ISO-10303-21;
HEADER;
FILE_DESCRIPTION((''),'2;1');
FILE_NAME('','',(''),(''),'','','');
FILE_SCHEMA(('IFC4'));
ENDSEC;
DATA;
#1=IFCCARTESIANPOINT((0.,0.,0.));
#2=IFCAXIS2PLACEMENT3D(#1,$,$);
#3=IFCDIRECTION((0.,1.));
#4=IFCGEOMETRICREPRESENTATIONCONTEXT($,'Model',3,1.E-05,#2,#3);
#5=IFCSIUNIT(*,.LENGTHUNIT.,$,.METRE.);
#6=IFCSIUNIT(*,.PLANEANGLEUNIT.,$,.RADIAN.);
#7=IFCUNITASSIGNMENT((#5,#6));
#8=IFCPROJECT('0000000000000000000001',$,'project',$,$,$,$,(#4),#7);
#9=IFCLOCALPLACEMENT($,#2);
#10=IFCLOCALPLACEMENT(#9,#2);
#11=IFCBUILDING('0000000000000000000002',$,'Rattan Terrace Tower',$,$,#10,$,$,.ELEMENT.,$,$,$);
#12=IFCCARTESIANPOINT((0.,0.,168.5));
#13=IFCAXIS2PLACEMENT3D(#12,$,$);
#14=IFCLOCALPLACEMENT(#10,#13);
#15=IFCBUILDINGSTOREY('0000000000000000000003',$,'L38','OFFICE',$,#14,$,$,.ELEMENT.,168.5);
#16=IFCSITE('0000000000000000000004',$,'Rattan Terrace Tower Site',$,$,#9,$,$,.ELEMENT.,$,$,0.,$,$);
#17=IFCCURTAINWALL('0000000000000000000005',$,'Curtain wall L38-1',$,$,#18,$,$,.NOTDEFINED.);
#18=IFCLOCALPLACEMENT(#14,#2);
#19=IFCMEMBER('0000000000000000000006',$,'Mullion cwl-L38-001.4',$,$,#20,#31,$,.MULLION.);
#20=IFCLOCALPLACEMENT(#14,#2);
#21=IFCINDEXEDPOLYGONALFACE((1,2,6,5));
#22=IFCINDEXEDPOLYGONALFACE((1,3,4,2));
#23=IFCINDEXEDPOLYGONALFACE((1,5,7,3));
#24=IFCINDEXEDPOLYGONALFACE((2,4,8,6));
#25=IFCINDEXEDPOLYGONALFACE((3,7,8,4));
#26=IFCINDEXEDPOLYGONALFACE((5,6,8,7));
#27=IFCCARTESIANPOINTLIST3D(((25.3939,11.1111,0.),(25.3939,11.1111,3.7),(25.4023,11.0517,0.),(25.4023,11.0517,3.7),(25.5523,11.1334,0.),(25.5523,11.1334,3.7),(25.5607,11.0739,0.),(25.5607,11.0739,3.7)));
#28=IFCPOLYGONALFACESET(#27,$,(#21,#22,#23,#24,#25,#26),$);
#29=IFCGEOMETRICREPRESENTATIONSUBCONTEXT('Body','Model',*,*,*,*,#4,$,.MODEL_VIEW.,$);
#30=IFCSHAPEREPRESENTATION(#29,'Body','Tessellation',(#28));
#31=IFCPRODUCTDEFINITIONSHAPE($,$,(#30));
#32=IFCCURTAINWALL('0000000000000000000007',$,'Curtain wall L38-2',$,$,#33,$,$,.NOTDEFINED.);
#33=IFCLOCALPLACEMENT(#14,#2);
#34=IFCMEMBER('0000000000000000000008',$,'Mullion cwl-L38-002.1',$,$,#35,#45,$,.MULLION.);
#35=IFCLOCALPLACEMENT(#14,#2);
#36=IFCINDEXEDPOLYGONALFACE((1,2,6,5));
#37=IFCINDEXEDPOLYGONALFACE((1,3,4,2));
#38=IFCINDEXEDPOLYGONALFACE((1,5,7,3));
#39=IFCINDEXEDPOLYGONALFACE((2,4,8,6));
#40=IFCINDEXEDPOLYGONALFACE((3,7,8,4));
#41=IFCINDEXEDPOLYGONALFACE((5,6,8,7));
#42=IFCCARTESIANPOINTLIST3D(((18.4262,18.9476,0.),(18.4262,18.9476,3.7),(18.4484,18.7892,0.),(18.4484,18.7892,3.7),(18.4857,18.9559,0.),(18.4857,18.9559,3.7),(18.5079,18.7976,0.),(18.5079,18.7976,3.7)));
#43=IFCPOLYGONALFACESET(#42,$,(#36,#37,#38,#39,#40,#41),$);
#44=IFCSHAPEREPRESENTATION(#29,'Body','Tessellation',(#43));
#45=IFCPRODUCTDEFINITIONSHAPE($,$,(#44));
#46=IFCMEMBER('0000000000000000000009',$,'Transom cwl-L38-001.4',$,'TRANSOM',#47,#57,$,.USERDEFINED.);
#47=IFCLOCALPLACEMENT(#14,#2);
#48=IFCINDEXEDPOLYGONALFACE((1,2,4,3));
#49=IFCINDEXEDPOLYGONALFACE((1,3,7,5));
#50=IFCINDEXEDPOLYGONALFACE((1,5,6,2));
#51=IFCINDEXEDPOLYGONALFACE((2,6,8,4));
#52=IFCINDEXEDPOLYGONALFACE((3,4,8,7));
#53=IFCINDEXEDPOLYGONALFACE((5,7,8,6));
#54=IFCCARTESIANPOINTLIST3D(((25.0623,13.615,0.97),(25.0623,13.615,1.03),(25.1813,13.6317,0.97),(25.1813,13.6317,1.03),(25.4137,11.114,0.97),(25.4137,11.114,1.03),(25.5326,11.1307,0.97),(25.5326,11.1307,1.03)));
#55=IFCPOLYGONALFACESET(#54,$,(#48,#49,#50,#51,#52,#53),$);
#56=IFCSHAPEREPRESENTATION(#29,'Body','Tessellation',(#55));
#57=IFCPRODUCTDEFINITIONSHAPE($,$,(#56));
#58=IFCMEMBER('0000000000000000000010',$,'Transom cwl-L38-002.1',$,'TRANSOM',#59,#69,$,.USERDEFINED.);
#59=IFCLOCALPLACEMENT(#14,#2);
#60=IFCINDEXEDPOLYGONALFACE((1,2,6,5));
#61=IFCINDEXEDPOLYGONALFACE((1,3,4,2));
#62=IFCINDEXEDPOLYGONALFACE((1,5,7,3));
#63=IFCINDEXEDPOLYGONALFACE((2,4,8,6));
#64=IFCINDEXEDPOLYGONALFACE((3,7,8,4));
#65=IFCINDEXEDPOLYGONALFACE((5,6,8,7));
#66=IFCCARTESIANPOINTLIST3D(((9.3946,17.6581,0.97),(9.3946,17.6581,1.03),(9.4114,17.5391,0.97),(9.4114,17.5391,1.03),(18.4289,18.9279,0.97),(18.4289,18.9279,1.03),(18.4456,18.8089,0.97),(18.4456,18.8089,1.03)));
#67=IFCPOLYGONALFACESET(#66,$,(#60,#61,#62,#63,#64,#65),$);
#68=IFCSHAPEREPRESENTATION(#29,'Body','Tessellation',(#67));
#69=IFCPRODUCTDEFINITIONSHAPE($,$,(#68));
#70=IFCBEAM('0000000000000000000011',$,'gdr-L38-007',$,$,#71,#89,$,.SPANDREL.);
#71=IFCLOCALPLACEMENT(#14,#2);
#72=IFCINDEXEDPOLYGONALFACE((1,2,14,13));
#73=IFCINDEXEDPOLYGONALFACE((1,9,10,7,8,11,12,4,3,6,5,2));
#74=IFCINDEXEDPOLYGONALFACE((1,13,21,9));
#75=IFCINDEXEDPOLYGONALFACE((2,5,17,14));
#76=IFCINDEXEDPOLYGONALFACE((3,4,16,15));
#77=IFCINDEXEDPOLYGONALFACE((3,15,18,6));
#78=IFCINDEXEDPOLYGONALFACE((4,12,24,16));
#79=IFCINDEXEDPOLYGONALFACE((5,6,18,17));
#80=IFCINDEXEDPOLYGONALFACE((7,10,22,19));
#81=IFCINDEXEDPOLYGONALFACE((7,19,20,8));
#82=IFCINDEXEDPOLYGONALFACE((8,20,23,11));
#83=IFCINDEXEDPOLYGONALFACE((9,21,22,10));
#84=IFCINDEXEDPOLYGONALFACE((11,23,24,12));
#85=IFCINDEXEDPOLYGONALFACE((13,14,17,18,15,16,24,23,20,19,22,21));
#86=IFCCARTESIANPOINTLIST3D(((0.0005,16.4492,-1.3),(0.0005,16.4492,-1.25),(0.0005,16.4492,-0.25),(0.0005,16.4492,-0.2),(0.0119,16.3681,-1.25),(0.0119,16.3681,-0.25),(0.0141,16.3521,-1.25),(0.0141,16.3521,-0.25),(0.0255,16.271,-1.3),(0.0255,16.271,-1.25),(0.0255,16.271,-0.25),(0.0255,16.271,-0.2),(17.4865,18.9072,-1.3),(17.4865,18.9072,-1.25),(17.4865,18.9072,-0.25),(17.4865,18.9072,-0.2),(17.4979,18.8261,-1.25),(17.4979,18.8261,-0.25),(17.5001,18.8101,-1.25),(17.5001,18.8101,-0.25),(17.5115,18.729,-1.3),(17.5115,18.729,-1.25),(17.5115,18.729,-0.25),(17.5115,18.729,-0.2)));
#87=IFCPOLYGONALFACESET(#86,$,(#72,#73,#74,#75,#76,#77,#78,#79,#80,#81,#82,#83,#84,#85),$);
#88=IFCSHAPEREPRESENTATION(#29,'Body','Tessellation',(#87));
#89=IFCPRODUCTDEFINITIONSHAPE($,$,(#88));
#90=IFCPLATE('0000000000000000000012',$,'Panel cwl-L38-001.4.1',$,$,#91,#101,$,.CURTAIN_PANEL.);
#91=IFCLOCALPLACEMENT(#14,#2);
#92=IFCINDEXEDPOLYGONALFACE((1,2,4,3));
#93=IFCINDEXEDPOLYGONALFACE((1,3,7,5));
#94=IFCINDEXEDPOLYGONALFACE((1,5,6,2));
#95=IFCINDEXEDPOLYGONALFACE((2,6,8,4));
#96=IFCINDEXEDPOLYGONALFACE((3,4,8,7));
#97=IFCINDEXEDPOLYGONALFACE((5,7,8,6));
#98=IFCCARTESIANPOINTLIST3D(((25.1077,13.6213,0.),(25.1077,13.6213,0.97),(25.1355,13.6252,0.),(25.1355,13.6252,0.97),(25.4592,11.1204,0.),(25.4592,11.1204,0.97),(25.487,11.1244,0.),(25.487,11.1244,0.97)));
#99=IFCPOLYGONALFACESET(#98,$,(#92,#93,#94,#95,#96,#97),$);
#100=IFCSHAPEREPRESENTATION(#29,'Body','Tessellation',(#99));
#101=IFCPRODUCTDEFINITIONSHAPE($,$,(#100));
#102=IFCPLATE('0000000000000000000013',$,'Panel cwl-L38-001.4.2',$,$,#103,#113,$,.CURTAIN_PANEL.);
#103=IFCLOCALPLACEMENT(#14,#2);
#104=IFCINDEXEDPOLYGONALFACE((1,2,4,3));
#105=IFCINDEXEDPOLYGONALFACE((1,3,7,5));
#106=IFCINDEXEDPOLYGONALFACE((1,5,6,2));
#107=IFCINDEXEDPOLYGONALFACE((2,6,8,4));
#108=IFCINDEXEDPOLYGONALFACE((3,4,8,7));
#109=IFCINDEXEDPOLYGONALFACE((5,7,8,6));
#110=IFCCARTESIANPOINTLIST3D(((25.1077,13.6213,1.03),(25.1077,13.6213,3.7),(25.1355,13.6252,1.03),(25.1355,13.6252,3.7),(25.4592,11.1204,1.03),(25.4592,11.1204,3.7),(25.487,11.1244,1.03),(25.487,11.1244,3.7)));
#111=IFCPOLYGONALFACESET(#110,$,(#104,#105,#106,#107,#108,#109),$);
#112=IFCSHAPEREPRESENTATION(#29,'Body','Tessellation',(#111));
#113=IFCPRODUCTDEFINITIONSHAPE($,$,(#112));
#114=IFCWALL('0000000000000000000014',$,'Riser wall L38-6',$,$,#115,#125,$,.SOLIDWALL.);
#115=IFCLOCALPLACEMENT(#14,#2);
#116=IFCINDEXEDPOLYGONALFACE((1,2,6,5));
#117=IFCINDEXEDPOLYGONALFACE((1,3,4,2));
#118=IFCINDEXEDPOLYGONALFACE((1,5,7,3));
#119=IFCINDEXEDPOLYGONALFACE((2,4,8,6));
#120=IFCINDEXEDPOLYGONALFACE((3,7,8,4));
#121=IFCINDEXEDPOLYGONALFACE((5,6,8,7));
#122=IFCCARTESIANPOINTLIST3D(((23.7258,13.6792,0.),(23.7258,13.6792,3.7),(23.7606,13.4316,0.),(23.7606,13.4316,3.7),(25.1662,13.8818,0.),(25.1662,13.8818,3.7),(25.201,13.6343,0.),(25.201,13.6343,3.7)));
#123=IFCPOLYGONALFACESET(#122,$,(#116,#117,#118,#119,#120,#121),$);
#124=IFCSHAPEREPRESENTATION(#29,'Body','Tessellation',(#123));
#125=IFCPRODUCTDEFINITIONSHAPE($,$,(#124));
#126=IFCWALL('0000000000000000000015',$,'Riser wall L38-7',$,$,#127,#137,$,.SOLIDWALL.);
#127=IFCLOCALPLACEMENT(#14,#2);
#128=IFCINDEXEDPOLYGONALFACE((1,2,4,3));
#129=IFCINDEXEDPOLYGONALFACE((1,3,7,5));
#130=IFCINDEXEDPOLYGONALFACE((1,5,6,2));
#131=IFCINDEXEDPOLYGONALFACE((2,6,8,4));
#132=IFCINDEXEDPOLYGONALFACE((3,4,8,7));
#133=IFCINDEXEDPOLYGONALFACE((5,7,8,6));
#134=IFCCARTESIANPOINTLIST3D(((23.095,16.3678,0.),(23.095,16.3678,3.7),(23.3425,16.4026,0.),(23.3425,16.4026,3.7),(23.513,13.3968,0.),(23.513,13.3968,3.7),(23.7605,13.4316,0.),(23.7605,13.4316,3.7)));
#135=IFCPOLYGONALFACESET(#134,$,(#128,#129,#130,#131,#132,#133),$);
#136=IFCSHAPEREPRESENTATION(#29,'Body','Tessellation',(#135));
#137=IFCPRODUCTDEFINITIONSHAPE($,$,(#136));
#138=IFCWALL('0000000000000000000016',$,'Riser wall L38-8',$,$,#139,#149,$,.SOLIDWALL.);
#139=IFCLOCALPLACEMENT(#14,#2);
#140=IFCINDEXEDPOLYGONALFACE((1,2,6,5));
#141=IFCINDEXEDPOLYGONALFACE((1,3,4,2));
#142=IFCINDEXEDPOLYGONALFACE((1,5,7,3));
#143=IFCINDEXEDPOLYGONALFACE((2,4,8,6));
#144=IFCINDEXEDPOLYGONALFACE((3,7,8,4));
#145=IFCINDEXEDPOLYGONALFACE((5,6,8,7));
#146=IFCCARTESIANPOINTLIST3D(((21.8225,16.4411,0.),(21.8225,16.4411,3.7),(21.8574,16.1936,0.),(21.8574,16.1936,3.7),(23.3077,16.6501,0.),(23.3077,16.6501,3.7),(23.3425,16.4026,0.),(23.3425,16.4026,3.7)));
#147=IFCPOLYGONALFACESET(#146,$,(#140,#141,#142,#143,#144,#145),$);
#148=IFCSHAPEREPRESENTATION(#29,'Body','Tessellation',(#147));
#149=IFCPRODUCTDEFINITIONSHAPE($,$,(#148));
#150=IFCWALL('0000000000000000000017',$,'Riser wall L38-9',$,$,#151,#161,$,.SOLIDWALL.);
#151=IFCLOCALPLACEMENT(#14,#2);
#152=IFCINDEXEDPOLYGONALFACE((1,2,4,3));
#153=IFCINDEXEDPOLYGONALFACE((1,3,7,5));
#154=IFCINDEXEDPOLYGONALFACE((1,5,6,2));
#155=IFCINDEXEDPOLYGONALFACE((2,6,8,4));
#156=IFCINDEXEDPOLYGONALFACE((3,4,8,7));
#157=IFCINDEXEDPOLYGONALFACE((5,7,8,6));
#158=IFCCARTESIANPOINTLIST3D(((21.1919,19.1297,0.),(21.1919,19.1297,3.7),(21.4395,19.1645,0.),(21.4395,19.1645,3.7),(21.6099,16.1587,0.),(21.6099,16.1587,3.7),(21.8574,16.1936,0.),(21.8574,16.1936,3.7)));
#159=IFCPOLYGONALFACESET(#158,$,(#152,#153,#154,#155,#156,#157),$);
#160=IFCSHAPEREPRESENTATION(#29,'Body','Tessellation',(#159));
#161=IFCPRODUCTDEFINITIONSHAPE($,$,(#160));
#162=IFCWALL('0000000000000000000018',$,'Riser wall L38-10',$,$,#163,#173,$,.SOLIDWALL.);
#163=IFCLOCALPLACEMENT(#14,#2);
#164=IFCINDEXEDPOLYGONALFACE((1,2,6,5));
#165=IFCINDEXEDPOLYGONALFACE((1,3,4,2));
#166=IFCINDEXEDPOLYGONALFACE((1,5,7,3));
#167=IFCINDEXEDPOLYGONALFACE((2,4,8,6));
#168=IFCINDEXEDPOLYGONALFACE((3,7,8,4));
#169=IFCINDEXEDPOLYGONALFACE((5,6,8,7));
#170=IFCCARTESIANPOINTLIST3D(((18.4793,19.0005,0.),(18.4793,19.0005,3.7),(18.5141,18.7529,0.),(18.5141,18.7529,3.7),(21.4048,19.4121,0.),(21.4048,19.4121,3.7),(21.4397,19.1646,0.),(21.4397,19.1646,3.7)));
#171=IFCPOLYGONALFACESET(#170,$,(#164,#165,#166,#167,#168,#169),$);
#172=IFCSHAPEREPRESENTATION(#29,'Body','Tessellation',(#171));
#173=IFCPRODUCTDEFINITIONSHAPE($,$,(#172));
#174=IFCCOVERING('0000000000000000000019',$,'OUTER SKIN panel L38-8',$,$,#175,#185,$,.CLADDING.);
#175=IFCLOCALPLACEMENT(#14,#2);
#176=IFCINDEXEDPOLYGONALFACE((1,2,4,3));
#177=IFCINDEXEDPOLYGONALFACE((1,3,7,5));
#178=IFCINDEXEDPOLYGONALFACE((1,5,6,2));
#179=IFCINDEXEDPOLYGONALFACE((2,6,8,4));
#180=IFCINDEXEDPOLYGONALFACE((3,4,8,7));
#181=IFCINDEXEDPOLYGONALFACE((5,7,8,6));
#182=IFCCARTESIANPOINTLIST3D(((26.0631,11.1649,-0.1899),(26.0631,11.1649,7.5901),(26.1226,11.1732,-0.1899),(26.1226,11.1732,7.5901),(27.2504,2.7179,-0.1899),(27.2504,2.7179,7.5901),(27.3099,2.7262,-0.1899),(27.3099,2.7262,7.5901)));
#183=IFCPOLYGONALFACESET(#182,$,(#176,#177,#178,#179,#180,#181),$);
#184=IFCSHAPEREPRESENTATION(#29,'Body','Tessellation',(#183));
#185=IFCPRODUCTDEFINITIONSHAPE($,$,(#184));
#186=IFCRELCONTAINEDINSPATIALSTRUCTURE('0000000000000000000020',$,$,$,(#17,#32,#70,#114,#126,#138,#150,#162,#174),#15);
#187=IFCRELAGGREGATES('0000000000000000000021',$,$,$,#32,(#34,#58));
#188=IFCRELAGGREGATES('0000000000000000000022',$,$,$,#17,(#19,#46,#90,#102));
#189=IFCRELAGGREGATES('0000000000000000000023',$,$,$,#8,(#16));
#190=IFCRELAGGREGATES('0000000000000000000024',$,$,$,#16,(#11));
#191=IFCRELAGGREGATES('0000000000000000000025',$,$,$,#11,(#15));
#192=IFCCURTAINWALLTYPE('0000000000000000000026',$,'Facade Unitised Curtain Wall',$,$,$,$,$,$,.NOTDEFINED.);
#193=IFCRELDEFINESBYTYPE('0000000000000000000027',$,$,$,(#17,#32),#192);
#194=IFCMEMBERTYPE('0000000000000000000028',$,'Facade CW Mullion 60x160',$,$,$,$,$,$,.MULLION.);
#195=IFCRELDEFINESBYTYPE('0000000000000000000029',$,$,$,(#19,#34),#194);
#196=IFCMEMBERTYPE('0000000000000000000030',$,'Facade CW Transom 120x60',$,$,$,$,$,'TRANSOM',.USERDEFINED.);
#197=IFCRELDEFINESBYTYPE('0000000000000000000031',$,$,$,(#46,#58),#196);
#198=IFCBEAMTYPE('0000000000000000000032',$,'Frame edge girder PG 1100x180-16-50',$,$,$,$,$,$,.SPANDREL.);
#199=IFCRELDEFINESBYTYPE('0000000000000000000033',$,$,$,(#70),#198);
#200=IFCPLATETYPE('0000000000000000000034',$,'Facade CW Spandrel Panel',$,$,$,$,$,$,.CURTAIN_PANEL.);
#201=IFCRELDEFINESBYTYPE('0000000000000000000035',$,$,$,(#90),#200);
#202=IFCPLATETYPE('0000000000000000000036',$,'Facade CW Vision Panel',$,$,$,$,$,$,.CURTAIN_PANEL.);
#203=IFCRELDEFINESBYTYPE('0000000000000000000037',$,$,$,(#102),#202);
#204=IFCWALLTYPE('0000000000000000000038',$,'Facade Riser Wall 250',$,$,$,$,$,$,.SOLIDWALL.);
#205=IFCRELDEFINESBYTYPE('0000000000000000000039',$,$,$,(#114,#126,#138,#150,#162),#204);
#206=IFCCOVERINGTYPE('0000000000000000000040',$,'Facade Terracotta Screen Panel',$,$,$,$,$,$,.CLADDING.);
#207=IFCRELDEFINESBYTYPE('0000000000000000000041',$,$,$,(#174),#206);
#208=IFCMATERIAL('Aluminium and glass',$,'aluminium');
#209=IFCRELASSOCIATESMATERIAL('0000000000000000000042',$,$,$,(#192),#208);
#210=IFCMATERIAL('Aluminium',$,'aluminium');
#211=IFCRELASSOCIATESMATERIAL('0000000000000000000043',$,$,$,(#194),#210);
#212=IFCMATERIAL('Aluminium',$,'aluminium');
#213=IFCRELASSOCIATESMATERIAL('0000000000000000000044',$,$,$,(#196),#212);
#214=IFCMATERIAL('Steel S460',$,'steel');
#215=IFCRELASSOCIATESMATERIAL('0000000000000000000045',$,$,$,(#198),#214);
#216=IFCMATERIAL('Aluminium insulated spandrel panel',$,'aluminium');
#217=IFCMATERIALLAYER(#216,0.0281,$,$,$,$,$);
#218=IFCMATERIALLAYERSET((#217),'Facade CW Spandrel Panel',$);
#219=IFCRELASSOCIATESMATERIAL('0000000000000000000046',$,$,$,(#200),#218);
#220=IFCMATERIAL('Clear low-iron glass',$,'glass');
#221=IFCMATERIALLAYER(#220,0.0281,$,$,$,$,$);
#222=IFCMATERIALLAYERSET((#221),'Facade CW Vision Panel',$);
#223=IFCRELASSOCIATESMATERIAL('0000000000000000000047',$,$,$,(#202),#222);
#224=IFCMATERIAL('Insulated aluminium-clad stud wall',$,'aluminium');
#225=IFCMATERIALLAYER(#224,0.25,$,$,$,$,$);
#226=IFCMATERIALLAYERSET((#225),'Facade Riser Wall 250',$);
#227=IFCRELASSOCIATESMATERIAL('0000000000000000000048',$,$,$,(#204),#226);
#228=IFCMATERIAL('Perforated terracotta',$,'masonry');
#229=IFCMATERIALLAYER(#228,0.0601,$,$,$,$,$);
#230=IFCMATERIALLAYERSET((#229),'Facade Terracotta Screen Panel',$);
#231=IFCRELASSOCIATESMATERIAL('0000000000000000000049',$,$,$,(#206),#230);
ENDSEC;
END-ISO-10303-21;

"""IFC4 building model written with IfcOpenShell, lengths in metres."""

from ifc_helpers import new_model, si_unit, direction, frame, frame_2d, origin, origin_2d, place, context, subcontext, project, spatial, rectangle, i_section, extrude, material, layer, layer_set, material_profile, profile_set, type_object, element, aggregate, save


model = new_model("IFC4")

# Units and contexts
model_context = context("Model", 3, precision=1e-05, world=origin(), true_north=direction((0.0, 1.0)))
body_context = subcontext(model_context, "Body", "Model", "MODEL_VIEW")
ifc_project = project(units=[si_unit("LENGTHUNIT", "METRE"), si_unit("PLANEANGLEUNIT", "RADIAN")], contexts=[model_context])

# Site, building, storey
site_placement = place(None, origin())
site = spatial("IfcSite", under=ifc_project, at=site_placement, Name="Rattan Terrace Tower Site", CompositionType="ELEMENT", RefElevation=0.0)
building_placement = place(site_placement, origin())
building = spatial("IfcBuilding", under=site, at=building_placement, Name="Rattan Terrace Tower", CompositionType="ELEMENT")
storey_placement = place(building_placement, frame((0.0, 0.0, 168.5)))
storey = spatial("IfcBuildingStorey", under=building, at=storey_placement, Name="L38", Description="OFFICE", CompositionType="ELEMENT", Elevation=168.5)

# Curtain walls, members
ifc_material_1 = material(Name="Aluminium and glass", Category="aluminium")
curtain_wall_type = type_object("IfcCurtainWallType", Name="Facade Unitised Curtain Wall", PredefinedType="NOTDEFINED", material=ifc_material_1)
curtain_wall_1_placement = place(storey_placement, origin())
curtain_wall_1 = element("IfcCurtainWall", 1, at=curtain_wall_1_placement, inside=storey, type_object=curtain_wall_type, Name="Curtain wall L38-1", PredefinedType="NOTDEFINED")
ifc_material_2 = material(Name="Aluminium", Category="aluminium")
ifc_material_profile_1 = material_profile(ifc_material_2, rectangle(XDim=0.0601, YDim=0.1599, at=origin_2d()), Name="Aluminium 60x160")
ifc_profile_set_1 = profile_set([ifc_material_profile_1], Name="Aluminium")
member_type_1 = type_object("IfcMemberType", Name="Facade CW Mullion 60x160", PredefinedType="MULLION", material=ifc_profile_set_1)
member_1_placement = place(storey_placement, frame((25.4773, 11.0925, 0.0), z_axis=(0.0, 0.0, 1.0), x_axis=(-0.139191, 0.990266, 0.0)))
member_1 = element("IfcMember", 2, at=member_1_placement, type_object=member_type_1, Name="Mullion cwl-L38-001.4", PredefinedType="MULLION", context=body_context, shape_type="SweptSolid", body=[
    extrude(rectangle(XDim=0.0601, YDim=0.1599, at=origin_2d()), origin(), (0.0, 0.0, 1.0), 3.7),
])
curtain_wall_2_placement = place(storey_placement, origin())
curtain_wall_2 = element("IfcCurtainWall", 3, at=curtain_wall_2_placement, inside=storey, type_object=curtain_wall_type, Name="Curtain wall L38-2", PredefinedType="NOTDEFINED")
member_2_placement = place(storey_placement, frame((18.467, 18.8726, 0.0), z_axis=(0.0, 0.0, 1.0), x_axis=(-0.99027, -0.139161, 0.0)))
member_2 = element("IfcMember", 4, at=member_2_placement, type_object=member_type_1, Name="Mullion cwl-L38-002.1", PredefinedType="MULLION", context=body_context, shape_type="SweptSolid", body=[
    extrude(rectangle(XDim=0.0601, YDim=0.1599, at=origin_2d()), origin(), (0.0, 0.0, 1.0), 3.7),
])

# Members
ifc_material_3 = material(Name="Aluminium", Category="aluminium")
ifc_material_profile_2 = material_profile(ifc_material_3, rectangle(XDim=0.1201, YDim=0.0601, at=origin_2d()), Name="Aluminium 120x60")
ifc_profile_set_2 = profile_set([ifc_material_profile_2], Name="Aluminium")
member_type_2 = type_object("IfcMemberType", Name="Facade CW Transom 120x60", ElementType="TRANSOM", PredefinedType="USERDEFINED", material=ifc_profile_set_2)
member_3_placement = place(storey_placement, frame((25.4731, 11.1223, 1.0), z_axis=(-0.139107, 0.990277, 0.0), x_axis=(-0.990277, -0.139107, 0.0)))
member_3 = element("IfcMember", 5, at=member_3_placement, type_object=member_type_2, Name="Transom cwl-L38-001.4", ObjectType="TRANSOM", PredefinedType="USERDEFINED", context=body_context, shape_type="SweptSolid", body=[
    extrude(rectangle(XDim=0.1201, YDim=0.0601, at=origin_2d()), origin(), (0.0, 0.0, 1.0), 2.5256),
])
member_4_placement = place(storey_placement, frame((18.4373, 18.8684, 1.0), z_axis=(-0.990266, -0.139184, 0.0), x_axis=(0.139184, -0.990266, 0.0)))
member_4 = element("IfcMember", 6, at=member_4_placement, type_object=member_type_2, Name="Transom cwl-L38-002.1", ObjectType="TRANSOM", PredefinedType="USERDEFINED", context=body_context, shape_type="SweptSolid", body=[
    extrude(rectangle(XDim=0.1201, YDim=0.0601, at=origin_2d()), origin(), (0.0, 0.0, 1.0), 9.123),
])
aggregate(curtain_wall_2, [member_2, member_4])

# Beam
ifc_material_4 = material(Name="Steel S460", Category="steel")
ifc_material_profile_3 = material_profile(ifc_material_4, i_section(OverallWidth=0.1799, OverallDepth=1.1001, WebThickness=0.0161, FlangeThickness=0.05, at=origin_2d()), Name="PG 1100x180-16-50")
ifc_profile_set_3 = profile_set([ifc_material_profile_3], Name="Steel S460")
beam_type = type_object("IfcBeamType", Name="Frame edge girder PG 1100x180-16-50", PredefinedType="SPANDREL", material=ifc_profile_set_3)
beam_placement = place(storey_placement, frame((17.499, 18.8181, -0.75), z_axis=(-0.990264, -0.139201, 0.0), x_axis=(0.139201, -0.990264, 0.0)))
element("IfcBeam", 7, at=beam_placement, inside=storey, type_object=beam_type, Name="gdr-L38-007", PredefinedType="SPANDREL", context=body_context, shape_type="SweptSolid", body=[
    extrude(i_section(OverallWidth=0.1799, OverallDepth=1.1001, WebThickness=0.0161, FlangeThickness=0.05, at=origin_2d()), origin(), (0.0, 0.0, 1.0), 17.658),
])

# Plates
ifc_material_5 = material(Name="Aluminium insulated spandrel panel", Category="aluminium")
ifc_layer_1 = layer(ifc_material_5, 0.0281)
ifc_layer_set_1 = layer_set([ifc_layer_1], Name="Facade CW Spandrel Panel")
plate_type_1 = type_object("IfcPlateType", Name="Facade CW Spandrel Panel", PredefinedType="CURTAIN_PANEL", material=ifc_layer_set_1)
plate_1_placement = place(storey_placement, frame((25.2974, 12.3728, 0.0), z_axis=(0.0, 0.0, 1.0), x_axis=(-0.139191, 0.990266, 0.0)))
plate_1 = element("IfcPlate", 8, at=plate_1_placement, type_object=plate_type_1, Name="Panel cwl-L38-001.4.1", PredefinedType="CURTAIN_PANEL", context=body_context, shape_type="SweptSolid", body=[
    extrude(rectangle(XDim=2.5254, YDim=0.0281, at=origin_2d()), origin(), (0.0, 0.0, 1.0), 0.97),
])
ifc_material_6 = material(Name="Clear low-iron glass", Category="glass")
ifc_layer_2 = layer(ifc_material_6, 0.0281)
ifc_layer_set_2 = layer_set([ifc_layer_2], Name="Facade CW Vision Panel")
plate_type_2 = type_object("IfcPlateType", Name="Facade CW Vision Panel", PredefinedType="CURTAIN_PANEL", material=ifc_layer_set_2)
plate_2_placement = place(storey_placement, frame((25.2974, 12.3728, 1.03), z_axis=(0.0, 0.0, 1.0), x_axis=(-0.139191, 0.990266, 0.0)))
plate_2 = element("IfcPlate", 9, at=plate_2_placement, type_object=plate_type_2, Name="Panel cwl-L38-001.4.2", PredefinedType="CURTAIN_PANEL", context=body_context, shape_type="SweptSolid", body=[
    extrude(rectangle(XDim=2.5254, YDim=0.0281, at=origin_2d()), origin(), (0.0, 0.0, 1.0), 2.6699),
])
aggregate(curtain_wall_1, [member_1, member_3, plate_1, plate_2])

# Walls
ifc_material_7 = material(Name="Insulated aluminium-clad stud wall", Category="aluminium")
ifc_layer_3 = layer(ifc_material_7, 0.25)
ifc_layer_set_3 = layer_set([ifc_layer_3], Name="Facade Riser Wall 250")
wall_type = type_object("IfcWallType", Name="Facade Riser Wall 250", PredefinedType="SOLIDWALL", material=ifc_layer_set_3)
wall_1_placement = place(storey_placement, frame((25.1836, 13.7581, 0.0), z_axis=(0.0, 0.0, 1.0), x_axis=(-0.990249, -0.139306, 0.0)))
element("IfcWall", 10, at=wall_1_placement, inside=storey, type_object=wall_type, Name="Riser wall L38-6", PredefinedType="SOLIDWALL", context=body_context, shape_type="SweptSolid", body=[
    extrude(rectangle(XDim=1.4546, YDim=0.25, at=frame_2d((0.7273, 0.0))), origin(), (0.0, 0.0, 1.0), 3.7),
])
wall_2_placement = place(storey_placement, frame((23.6367, 13.4143, 0.0), z_axis=(0.0, 0.0, 1.0), x_axis=(-0.139313, 0.990248, 0.0)))
element("IfcWall", 11, at=wall_2_placement, inside=storey, type_object=wall_type, Name="Riser wall L38-7", PredefinedType="SOLIDWALL", context=body_context, shape_type="SweptSolid", body=[
    extrude(rectangle(XDim=3.0002, YDim=0.25, at=frame_2d((1.5, 0.0))), origin(), (0.0, 0.0, 1.0), 3.7),
])
wall_3_placement = place(storey_placement, frame((23.3252, 16.5264, 0.0), z_axis=(0.0, 0.0, 1.0), x_axis=(-0.990244, -0.139347, 0.0)))
element("IfcWall", 12, at=wall_3_placement, inside=storey, type_object=wall_type, Name="Riser wall L38-8", PredefinedType="SOLIDWALL", context=body_context, shape_type="SweptSolid", body=[
    extrude(rectangle(XDim=1.4998, YDim=0.25, at=frame_2d((0.75, 0.0))), origin(), (0.0, 0.0, 1.0), 3.7),
])
wall_4_placement = place(storey_placement, frame((21.7336, 16.1763, 0.0), z_axis=(0.0, 0.0, 1.0), x_axis=(-0.139313, 0.990248, 0.0)))
element("IfcWall", 13, at=wall_4_placement, inside=storey, type_object=wall_type, Name="Riser wall L38-9", PredefinedType="SOLIDWALL", context=body_context, shape_type="SweptSolid", body=[
    extrude(rectangle(XDim=3.0002, YDim=0.25, at=frame_2d((1.5, 0.0))), origin(), (0.0, 0.0, 1.0), 3.7),
])
wall_5_placement = place(storey_placement, frame((21.4221, 19.2883, 0.0), z_axis=(0.0, 0.0, 1.0), x_axis=(-0.990246, -0.139327, 0.0)))
element("IfcWall", 14, at=wall_5_placement, inside=storey, type_object=wall_type, Name="Riser wall L38-10", PredefinedType="SOLIDWALL", context=body_context, shape_type="SweptSolid", body=[
    extrude(rectangle(XDim=2.9543, YDim=0.25, at=frame_2d((1.4771, 0.0))), origin(), (0.0, 0.0, 1.0), 3.7),
])

# Covering
ifc_material_8 = material(Name="Perforated terracotta", Category="masonry")
ifc_layer_4 = layer(ifc_material_8, 0.0601)
ifc_layer_set_4 = layer_set([ifc_layer_4], Name="Facade Terracotta Screen Panel")
covering_type = type_object("IfcCoveringType", Name="Facade Terracotta Screen Panel", PredefinedType="CLADDING", material=ifc_layer_set_4)
covering_1_placement = place(storey_placement, frame((26.6865, 6.9456, -0.1899), z_axis=(0.0, 0.0, 1.0), x_axis=(-0.139191, 0.990266, 0.0)))
element("IfcCovering", 15, at=covering_1_placement, inside=storey, type_object=covering_type, Name="OUTER SKIN panel L38-8", PredefinedType="CLADDING", context=body_context, shape_type="SweptSolid", body=[
    extrude(rectangle(XDim=8.53, YDim=0.0601, at=origin_2d()), origin(), (0.0, 0.0, 1.0), 7.78),
])

save(model, "model.ifc")
